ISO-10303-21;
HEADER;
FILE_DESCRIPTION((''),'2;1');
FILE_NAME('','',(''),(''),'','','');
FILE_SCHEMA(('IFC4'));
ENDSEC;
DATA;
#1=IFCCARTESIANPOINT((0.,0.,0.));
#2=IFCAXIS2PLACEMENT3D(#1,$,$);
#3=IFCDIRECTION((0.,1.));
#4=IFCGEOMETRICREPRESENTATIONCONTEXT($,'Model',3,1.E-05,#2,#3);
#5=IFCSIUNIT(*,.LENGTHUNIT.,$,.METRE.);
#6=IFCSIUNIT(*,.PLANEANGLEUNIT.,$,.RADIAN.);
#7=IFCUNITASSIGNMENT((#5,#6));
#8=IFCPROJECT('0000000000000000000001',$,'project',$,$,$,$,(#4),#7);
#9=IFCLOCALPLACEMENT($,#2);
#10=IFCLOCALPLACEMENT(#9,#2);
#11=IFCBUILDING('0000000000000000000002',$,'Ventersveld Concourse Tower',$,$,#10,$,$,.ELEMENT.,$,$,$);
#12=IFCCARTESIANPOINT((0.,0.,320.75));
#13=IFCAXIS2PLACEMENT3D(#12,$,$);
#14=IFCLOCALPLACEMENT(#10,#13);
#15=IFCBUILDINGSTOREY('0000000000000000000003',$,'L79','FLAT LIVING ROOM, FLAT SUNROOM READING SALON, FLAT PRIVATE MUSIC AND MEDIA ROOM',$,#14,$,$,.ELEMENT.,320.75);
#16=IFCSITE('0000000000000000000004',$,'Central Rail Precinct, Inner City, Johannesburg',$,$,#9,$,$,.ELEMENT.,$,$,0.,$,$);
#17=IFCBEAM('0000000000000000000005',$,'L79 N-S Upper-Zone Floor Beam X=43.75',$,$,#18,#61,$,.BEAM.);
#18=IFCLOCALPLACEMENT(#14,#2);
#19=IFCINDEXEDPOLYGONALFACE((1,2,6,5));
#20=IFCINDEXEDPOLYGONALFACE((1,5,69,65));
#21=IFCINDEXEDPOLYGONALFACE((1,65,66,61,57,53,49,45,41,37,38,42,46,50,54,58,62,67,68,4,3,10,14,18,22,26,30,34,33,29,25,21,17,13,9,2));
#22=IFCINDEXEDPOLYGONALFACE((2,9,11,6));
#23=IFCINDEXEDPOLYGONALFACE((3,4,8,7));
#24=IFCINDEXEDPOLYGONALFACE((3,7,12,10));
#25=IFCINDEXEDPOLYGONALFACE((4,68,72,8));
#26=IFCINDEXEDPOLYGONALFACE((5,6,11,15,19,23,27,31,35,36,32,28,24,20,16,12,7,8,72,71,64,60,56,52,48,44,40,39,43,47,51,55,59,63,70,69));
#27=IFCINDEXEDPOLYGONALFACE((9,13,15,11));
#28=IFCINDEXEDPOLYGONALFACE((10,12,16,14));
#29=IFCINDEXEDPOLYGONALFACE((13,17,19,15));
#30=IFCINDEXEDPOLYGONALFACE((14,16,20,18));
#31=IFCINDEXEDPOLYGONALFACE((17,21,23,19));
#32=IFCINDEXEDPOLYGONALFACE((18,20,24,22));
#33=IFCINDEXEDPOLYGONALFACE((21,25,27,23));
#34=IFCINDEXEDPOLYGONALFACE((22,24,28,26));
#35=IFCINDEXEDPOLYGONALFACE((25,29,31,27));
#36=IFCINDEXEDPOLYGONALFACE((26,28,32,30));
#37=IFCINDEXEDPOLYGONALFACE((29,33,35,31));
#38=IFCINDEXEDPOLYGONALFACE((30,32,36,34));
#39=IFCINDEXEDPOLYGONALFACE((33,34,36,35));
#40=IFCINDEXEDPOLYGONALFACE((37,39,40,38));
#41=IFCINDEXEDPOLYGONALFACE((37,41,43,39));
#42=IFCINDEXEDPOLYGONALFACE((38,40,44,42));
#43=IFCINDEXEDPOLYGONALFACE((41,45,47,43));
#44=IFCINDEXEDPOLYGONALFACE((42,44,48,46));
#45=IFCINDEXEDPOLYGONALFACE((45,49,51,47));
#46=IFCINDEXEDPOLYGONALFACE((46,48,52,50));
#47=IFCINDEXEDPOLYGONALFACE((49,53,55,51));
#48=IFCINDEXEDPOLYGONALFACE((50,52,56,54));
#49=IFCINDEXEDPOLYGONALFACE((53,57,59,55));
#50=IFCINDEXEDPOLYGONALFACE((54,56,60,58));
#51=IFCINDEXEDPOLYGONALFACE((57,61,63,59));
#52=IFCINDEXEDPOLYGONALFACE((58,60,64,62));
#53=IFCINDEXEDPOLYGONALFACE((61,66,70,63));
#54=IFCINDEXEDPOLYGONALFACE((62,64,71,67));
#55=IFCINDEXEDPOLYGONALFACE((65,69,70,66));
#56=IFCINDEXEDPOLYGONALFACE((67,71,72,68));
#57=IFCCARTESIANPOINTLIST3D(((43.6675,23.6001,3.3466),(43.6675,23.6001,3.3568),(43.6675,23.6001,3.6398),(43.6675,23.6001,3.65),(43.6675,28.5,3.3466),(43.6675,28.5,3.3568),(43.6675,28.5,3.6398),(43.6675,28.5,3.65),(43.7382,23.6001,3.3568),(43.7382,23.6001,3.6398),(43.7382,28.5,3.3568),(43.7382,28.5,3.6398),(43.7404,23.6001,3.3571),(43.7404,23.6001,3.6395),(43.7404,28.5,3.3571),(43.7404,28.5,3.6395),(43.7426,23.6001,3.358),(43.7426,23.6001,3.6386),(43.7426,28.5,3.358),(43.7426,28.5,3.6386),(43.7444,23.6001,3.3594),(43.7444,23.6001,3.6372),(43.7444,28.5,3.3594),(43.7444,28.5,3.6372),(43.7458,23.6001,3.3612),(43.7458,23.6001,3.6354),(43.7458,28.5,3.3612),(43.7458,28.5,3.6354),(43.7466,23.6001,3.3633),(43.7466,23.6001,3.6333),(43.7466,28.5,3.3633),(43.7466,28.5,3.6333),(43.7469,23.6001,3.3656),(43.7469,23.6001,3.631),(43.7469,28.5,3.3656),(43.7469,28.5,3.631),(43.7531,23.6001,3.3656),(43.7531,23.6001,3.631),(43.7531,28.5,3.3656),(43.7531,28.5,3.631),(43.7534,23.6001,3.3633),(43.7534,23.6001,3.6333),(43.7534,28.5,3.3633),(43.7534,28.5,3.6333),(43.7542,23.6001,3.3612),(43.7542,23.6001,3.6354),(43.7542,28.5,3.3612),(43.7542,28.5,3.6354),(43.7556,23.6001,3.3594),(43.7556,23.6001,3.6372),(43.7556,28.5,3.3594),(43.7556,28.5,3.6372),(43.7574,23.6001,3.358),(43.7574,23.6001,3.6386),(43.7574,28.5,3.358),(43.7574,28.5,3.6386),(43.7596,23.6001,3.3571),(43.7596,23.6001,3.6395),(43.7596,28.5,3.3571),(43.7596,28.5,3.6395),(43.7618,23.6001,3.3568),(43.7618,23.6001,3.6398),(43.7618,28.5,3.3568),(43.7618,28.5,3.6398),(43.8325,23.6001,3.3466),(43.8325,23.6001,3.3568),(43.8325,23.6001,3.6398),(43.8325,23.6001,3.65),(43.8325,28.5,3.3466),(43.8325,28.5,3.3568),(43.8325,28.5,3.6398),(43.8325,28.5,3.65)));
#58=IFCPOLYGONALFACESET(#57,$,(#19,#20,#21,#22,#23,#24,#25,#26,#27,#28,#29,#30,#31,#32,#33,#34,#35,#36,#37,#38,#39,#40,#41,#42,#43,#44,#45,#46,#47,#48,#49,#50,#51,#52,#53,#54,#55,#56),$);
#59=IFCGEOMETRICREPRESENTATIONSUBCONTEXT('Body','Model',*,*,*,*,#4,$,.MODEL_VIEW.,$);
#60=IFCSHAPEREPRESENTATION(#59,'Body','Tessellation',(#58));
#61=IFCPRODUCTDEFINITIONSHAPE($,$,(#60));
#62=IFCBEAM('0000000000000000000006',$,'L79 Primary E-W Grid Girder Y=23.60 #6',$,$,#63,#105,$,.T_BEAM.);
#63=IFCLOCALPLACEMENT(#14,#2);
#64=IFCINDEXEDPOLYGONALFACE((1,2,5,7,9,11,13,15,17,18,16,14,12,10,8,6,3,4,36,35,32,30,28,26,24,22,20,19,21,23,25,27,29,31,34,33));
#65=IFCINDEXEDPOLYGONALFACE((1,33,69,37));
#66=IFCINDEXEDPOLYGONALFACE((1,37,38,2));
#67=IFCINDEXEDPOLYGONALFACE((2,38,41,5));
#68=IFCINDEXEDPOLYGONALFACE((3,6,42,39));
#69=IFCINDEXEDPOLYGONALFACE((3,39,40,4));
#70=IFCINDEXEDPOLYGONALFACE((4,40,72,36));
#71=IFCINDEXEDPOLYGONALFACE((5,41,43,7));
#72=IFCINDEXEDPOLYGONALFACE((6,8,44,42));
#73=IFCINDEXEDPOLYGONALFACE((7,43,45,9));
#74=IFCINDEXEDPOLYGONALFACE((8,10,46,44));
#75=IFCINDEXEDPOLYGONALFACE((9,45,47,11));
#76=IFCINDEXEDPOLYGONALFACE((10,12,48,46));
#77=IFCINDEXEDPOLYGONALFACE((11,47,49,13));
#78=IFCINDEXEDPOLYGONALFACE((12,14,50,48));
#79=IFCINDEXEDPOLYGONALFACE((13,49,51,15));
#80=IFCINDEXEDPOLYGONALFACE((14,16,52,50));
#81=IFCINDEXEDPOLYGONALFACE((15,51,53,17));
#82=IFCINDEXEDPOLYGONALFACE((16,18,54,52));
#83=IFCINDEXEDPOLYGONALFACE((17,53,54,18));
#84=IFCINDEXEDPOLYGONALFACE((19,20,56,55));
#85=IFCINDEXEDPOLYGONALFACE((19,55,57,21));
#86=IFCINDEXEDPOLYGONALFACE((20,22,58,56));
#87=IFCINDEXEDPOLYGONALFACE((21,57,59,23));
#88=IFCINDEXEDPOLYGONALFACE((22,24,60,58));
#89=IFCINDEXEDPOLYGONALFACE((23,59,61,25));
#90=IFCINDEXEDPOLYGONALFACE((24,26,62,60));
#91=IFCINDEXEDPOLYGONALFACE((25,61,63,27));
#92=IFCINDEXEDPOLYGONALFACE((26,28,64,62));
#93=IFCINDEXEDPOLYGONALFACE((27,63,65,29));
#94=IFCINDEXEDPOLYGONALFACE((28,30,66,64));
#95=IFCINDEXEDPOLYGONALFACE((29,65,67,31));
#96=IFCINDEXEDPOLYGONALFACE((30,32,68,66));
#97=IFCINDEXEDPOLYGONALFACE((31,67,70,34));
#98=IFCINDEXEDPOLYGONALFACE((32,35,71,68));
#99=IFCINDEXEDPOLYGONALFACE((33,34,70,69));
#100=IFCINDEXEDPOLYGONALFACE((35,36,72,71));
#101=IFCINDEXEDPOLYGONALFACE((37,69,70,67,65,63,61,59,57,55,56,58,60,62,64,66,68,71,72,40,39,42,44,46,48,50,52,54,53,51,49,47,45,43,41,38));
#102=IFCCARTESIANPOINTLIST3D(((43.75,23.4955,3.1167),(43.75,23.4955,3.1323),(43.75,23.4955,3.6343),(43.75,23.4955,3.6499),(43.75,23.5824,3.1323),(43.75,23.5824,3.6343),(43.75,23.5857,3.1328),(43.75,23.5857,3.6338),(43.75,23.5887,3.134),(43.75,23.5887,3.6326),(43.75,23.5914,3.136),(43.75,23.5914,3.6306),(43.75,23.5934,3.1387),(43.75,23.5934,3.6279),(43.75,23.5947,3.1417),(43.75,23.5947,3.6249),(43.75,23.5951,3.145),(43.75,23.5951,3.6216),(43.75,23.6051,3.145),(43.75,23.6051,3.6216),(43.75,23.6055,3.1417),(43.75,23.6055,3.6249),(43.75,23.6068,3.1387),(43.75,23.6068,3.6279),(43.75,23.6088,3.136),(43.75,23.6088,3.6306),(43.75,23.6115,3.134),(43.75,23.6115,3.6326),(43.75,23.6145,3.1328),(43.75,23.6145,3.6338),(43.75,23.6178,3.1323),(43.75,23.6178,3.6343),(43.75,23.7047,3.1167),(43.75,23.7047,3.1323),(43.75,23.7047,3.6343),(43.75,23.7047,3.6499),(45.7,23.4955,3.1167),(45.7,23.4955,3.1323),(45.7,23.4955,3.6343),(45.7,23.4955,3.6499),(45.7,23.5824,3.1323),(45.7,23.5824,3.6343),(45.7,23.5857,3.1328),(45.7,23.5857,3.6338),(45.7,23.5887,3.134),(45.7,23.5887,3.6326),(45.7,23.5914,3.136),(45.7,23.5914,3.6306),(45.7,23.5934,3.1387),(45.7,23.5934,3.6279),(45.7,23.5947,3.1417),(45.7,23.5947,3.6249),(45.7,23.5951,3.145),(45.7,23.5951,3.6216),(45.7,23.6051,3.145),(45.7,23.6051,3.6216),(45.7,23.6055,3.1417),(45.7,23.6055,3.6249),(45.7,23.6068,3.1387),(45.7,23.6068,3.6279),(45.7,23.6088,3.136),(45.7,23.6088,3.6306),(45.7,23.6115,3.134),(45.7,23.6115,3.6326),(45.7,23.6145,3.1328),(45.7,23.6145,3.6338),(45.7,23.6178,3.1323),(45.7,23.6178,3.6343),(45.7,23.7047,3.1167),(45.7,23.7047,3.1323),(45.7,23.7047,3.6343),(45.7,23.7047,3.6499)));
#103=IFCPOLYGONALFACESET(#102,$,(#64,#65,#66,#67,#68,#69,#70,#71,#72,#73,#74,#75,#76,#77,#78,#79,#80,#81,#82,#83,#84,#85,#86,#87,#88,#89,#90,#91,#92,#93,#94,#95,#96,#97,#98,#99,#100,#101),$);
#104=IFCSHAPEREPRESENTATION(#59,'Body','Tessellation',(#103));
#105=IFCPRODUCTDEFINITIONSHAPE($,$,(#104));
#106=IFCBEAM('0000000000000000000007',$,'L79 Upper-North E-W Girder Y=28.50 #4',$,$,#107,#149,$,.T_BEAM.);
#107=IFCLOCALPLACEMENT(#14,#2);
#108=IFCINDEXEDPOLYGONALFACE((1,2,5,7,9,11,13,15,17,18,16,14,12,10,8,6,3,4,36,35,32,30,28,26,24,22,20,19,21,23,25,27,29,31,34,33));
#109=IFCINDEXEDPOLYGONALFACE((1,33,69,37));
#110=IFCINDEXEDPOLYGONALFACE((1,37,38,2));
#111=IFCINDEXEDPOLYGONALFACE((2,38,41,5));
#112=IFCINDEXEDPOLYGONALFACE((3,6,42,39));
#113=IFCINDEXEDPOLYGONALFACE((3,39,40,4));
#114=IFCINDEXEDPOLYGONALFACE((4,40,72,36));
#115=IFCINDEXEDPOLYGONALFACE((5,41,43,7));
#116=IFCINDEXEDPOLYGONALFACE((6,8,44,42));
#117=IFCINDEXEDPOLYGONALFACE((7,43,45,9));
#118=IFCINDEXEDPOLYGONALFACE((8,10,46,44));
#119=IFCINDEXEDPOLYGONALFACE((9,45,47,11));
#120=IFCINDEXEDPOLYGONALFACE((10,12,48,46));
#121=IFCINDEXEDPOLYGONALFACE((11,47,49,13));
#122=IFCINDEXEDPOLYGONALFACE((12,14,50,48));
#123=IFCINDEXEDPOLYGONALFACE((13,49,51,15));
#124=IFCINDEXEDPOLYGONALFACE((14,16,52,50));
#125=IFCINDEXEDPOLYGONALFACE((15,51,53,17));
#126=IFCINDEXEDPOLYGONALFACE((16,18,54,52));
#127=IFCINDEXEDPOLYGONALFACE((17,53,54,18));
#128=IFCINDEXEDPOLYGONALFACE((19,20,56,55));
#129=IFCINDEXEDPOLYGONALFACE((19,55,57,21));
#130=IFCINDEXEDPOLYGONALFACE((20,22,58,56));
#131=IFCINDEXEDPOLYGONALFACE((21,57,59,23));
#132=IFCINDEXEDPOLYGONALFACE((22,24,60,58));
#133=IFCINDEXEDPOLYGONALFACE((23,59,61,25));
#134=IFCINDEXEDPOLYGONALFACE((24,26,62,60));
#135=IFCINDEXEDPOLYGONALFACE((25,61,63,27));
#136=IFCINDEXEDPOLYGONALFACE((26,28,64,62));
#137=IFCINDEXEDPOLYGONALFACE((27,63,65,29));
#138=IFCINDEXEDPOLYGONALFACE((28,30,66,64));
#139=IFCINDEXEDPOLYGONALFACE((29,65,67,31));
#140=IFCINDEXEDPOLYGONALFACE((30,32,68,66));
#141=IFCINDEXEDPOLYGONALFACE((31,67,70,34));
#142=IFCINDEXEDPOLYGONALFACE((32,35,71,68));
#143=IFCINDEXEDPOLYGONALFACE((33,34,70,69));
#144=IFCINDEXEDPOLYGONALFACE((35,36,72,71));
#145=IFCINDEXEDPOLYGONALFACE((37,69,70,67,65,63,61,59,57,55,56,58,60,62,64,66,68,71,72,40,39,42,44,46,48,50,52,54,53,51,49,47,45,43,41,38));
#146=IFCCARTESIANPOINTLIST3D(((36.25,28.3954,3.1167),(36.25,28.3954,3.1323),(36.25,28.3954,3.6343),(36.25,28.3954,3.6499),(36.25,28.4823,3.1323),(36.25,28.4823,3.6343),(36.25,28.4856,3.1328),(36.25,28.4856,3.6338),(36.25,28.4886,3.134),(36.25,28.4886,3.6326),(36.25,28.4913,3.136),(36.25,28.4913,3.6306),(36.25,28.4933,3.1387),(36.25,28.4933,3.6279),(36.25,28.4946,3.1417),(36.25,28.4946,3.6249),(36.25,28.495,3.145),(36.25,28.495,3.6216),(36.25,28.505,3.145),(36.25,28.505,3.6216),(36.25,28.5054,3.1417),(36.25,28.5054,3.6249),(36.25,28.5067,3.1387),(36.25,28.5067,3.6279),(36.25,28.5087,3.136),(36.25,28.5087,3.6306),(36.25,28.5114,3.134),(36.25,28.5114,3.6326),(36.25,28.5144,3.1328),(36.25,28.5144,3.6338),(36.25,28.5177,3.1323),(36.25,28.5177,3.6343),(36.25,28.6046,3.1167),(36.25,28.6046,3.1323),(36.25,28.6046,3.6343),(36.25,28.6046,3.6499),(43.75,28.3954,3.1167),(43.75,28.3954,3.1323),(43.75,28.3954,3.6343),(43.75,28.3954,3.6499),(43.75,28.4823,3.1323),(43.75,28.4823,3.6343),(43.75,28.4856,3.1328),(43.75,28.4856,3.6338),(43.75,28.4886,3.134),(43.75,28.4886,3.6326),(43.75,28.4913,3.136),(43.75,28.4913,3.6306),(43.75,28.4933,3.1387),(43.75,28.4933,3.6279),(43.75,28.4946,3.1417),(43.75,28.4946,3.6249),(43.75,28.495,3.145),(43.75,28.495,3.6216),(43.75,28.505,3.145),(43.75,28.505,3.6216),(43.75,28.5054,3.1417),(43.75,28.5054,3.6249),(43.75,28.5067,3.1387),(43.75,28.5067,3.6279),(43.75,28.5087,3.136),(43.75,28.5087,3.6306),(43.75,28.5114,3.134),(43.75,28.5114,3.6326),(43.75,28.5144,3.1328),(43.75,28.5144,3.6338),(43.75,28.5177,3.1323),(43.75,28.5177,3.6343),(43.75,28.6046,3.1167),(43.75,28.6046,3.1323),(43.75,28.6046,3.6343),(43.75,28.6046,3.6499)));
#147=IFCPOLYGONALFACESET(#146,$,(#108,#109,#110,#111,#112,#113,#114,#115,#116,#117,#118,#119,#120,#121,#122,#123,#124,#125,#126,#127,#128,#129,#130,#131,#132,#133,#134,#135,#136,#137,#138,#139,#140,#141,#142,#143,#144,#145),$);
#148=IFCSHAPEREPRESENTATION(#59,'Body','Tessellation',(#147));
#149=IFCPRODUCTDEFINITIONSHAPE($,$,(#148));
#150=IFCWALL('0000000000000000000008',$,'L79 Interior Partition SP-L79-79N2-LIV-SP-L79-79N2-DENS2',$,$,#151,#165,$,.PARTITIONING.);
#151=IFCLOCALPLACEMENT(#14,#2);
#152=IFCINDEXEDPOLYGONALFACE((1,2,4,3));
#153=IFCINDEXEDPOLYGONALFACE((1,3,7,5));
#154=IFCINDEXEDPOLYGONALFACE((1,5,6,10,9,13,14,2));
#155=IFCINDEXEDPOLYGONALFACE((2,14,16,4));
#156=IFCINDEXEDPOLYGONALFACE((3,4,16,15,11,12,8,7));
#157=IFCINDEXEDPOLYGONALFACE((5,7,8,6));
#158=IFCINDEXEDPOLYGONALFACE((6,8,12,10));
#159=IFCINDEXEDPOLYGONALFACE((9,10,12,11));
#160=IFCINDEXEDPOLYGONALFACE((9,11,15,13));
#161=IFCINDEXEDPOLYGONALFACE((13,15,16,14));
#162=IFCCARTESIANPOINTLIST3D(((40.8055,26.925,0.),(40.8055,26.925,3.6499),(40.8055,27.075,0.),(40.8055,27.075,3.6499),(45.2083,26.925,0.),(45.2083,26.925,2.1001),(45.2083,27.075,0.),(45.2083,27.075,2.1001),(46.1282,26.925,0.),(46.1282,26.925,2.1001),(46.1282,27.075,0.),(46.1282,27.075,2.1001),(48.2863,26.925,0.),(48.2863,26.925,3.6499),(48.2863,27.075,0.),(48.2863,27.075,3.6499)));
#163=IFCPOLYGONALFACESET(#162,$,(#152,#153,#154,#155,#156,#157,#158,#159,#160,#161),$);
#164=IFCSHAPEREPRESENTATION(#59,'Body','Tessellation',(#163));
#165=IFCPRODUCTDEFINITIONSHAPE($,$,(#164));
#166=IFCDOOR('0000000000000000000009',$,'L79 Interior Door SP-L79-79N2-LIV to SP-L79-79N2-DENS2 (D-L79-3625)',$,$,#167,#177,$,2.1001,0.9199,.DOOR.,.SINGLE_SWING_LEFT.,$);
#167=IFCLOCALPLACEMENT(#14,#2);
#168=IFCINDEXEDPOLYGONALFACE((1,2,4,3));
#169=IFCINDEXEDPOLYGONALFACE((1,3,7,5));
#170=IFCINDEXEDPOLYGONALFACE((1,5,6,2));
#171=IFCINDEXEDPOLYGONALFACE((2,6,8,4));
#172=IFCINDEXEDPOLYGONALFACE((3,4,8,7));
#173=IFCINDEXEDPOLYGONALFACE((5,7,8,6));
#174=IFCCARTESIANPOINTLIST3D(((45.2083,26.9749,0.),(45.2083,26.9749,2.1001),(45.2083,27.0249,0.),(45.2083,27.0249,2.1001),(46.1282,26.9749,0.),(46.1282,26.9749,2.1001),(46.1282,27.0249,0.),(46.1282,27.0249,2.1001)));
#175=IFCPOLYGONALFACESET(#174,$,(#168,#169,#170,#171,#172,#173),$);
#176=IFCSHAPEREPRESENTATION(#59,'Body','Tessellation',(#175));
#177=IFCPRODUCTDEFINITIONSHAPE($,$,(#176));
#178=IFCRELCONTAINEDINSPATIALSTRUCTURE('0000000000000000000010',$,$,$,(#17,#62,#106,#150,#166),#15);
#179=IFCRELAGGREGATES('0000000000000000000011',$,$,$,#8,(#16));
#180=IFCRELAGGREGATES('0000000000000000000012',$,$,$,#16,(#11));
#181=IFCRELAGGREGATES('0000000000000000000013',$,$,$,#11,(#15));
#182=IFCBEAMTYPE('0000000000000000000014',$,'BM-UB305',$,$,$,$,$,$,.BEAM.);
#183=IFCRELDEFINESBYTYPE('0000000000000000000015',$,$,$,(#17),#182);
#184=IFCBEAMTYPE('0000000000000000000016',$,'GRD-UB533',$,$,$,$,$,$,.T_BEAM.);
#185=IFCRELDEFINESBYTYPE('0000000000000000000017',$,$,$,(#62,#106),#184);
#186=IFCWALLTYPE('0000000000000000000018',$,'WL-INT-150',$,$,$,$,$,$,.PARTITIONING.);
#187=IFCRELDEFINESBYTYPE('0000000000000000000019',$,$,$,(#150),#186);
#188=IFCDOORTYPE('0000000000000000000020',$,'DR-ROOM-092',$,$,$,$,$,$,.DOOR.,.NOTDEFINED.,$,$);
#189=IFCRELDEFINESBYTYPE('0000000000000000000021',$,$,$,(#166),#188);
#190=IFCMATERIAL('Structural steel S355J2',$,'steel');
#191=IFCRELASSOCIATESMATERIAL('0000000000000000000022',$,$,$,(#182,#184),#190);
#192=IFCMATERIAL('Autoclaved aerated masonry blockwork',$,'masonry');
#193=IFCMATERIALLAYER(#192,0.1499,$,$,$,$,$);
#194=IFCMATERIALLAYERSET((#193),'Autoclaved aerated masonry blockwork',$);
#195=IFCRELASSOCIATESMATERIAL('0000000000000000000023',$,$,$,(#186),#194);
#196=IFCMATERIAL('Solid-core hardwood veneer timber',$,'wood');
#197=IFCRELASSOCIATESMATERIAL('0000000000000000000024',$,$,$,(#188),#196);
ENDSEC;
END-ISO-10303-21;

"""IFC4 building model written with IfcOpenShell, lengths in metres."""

from ifc_helpers import new_model, si_unit, direction, frame, frame_2d, origin, origin_2d, place, context, subcontext, project, spatial, rectangle, i_section, extrude, material, layer, layer_set, material_profile, profile_set, type_object, element, fill, save


model = new_model("IFC4")

# Units and contexts
model_context = context("Model", 3, precision=1e-05, world=origin(), true_north=direction((0.0, 1.0)))
body_context = subcontext(model_context, "Body", "Model", "MODEL_VIEW")
ifc_project = project(units=[si_unit("LENGTHUNIT", "METRE"), si_unit("PLANEANGLEUNIT", "RADIAN")], contexts=[model_context])

# Site, building, storey
site_placement = place(None, origin())
site = spatial("IfcSite", under=ifc_project, at=site_placement, Name="Central Rail Precinct, Inner City, Johannesburg", CompositionType="ELEMENT", RefElevation=0.0)
building_placement = place(site_placement, origin())
building = spatial("IfcBuilding", under=site, at=building_placement, Name="Ventersveld Concourse Tower", CompositionType="ELEMENT")
storey_placement = place(building_placement, frame((0.0, 0.0, 320.75)))
storey = spatial("IfcBuildingStorey", under=building, at=storey_placement, Name="L79", Description="FLAT LIVING ROOM, FLAT SUNROOM READING SALON, FLAT PRIVATE MUSIC AND MEDIA ROOM", CompositionType="ELEMENT", Elevation=320.75)

# Shared definitions
ifc_material_1 = material(Name="Structural steel S355J2", Category="steel")

# Beams
ifc_material_profile_1 = material_profile(ifc_material_1, i_section(OverallWidth=0.165, OverallDepth=0.3035, WebThickness=0.0061, FlangeThickness=0.0103, FilletRadius=0.0088, at=origin_2d()), Name="UB 305x165x40")
ifc_profile_set_1 = profile_set([ifc_material_profile_1], Name="Structural steel S355J2")
beam_type_1 = type_object("IfcBeamType", Name="BM-UB305", PredefinedType="BEAM", material=ifc_profile_set_1)
beam_1_placement = place(storey_placement, frame((43.75, 23.6001, 3.4983), z_axis=(0.0, 1.0, 0.0), x_axis=(-1.0, 0.0, 0.0)))
element("IfcBeam", 1, at=beam_1_placement, inside=storey, type_object=beam_type_1, Name="L79 N-S Upper-Zone Floor Beam X=43.75", PredefinedType="BEAM", context=body_context, shape_type="SweptSolid", body=[
    extrude(i_section(OverallWidth=0.165, OverallDepth=0.3035, WebThickness=0.0061, FlangeThickness=0.0103, FilletRadius=0.0088, at=origin_2d()), origin(), (0.0, 0.0, 1.0), 4.8999),
])
ifc_material_profile_2 = material_profile(ifc_material_1, i_section(OverallWidth=0.2092, OverallDepth=0.5332, WebThickness=0.01, FlangeThickness=0.0156, FilletRadius=0.0127, at=origin_2d()), Name="UB 533x210x92")
ifc_profile_set_2 = profile_set([ifc_material_profile_2], Name="Structural steel S355J2")
beam_type_2 = type_object("IfcBeamType", Name="GRD-UB533", PredefinedType="T_BEAM", material=ifc_profile_set_2)
beam_2_placement = place(storey_placement, frame((43.75, 23.6001, 3.3833), z_axis=(1.0, 0.0, 0.0), x_axis=(0.0, 1.0, 0.0)))
element("IfcBeam", 2, at=beam_2_placement, inside=storey, type_object=beam_type_2, Name="L79 Primary E-W Grid Girder Y=23.60 #6", PredefinedType="T_BEAM", context=body_context, shape_type="SweptSolid", body=[
    extrude(i_section(OverallWidth=0.2092, OverallDepth=0.5332, WebThickness=0.01, FlangeThickness=0.0156, FilletRadius=0.0127, at=origin_2d()), origin(), (0.0, 0.0, 1.0), 1.95),
])
beam_3_placement = place(storey_placement, frame((36.25, 28.5, 3.3833), z_axis=(1.0, 0.0, 0.0), x_axis=(0.0, 1.0, 0.0)))
element("IfcBeam", 3, at=beam_3_placement, inside=storey, type_object=beam_type_2, Name="L79 Upper-North E-W Girder Y=28.50 #4", PredefinedType="T_BEAM", context=body_context, shape_type="SweptSolid", body=[
    extrude(i_section(OverallWidth=0.2092, OverallDepth=0.5332, WebThickness=0.01, FlangeThickness=0.0156, FilletRadius=0.0127, at=origin_2d()), origin(), (0.0, 0.0, 1.0), 7.5),
])

# Wall, opening, door
ifc_material_2 = material(Name="Autoclaved aerated masonry blockwork", Category="masonry")
ifc_layer_1 = layer(ifc_material_2, 0.1499)
ifc_layer_set_1 = layer_set([ifc_layer_1], Name="Autoclaved aerated masonry blockwork")
wall_type_1 = type_object("IfcWallType", Name="WL-INT-150", PredefinedType="PARTITIONING", material=ifc_layer_set_1)
wall_1_placement = place(storey_placement, frame((40.8057, 27.0, 0.0), z_axis=(0.0, 0.0, 1.0), x_axis=(1.0, 0.0, 0.0)))
wall_1 = element("IfcWall", 4, at=wall_1_placement, inside=storey, type_object=wall_type_1, Name="L79 Interior Partition SP-L79-79N2-LIV-SP-L79-79N2-DENS2", PredefinedType="PARTITIONING", context=body_context, shape_type="SweptSolid", body=[
    extrude(rectangle(XDim=7.4807, YDim=0.1499, at=frame_2d((3.7402, 0.0))), origin(), (0.0, 0.0, 1.0), 3.6499),
])
opening_1_placement = place(wall_1_placement, frame((4.4026, 0.0, 0.0)))
opening_1 = element("IfcOpeningElement", 5, at=opening_1_placement, cuts=wall_1, PredefinedType="OPENING", context=body_context, shape_type="SweptSolid", body=[
    extrude(rectangle(XDim=0.9199, YDim=2.1001, at=frame_2d((0.46, 1.05))), frame((0.0, 0.085, 0.0), z_axis=(0.0, -1.0, 0.0), x_axis=(1.0, 0.0, 0.0)), (0.0, 0.0, 1.0), 0.1699),
])
ifc_material_3 = material(Name="Solid-core hardwood veneer timber", Category="wood")
door_type = type_object("IfcDoorType", Name="DR-ROOM-092", OperationType="NOTDEFINED", PredefinedType="DOOR", material=ifc_material_3)
door_1_placement = place(opening_1_placement, origin())
door_1 = element("IfcDoor", 6, at=door_1_placement, inside=storey, type_object=door_type, Name="L79 Interior Door SP-L79-79N2-LIV to SP-L79-79N2-DENS2 (D-L79-3625)", OperationType="SINGLE_SWING_LEFT", OverallHeight=2.1001, OverallWidth=0.9199, PredefinedType="DOOR", context=body_context, shape_type="SweptSolid", body=[
    extrude(rectangle(XDim=0.9199, YDim=2.1001, at=frame_2d((0.46, 1.05))), frame((0.0, 0.0249, 0.0), z_axis=(0.0, -1.0, 0.0), x_axis=(1.0, 0.0, 0.0)), (0.0, 0.0, 1.0), 0.05),
])
fill(opening_1, door_1)

save(model, "model.ifc")
